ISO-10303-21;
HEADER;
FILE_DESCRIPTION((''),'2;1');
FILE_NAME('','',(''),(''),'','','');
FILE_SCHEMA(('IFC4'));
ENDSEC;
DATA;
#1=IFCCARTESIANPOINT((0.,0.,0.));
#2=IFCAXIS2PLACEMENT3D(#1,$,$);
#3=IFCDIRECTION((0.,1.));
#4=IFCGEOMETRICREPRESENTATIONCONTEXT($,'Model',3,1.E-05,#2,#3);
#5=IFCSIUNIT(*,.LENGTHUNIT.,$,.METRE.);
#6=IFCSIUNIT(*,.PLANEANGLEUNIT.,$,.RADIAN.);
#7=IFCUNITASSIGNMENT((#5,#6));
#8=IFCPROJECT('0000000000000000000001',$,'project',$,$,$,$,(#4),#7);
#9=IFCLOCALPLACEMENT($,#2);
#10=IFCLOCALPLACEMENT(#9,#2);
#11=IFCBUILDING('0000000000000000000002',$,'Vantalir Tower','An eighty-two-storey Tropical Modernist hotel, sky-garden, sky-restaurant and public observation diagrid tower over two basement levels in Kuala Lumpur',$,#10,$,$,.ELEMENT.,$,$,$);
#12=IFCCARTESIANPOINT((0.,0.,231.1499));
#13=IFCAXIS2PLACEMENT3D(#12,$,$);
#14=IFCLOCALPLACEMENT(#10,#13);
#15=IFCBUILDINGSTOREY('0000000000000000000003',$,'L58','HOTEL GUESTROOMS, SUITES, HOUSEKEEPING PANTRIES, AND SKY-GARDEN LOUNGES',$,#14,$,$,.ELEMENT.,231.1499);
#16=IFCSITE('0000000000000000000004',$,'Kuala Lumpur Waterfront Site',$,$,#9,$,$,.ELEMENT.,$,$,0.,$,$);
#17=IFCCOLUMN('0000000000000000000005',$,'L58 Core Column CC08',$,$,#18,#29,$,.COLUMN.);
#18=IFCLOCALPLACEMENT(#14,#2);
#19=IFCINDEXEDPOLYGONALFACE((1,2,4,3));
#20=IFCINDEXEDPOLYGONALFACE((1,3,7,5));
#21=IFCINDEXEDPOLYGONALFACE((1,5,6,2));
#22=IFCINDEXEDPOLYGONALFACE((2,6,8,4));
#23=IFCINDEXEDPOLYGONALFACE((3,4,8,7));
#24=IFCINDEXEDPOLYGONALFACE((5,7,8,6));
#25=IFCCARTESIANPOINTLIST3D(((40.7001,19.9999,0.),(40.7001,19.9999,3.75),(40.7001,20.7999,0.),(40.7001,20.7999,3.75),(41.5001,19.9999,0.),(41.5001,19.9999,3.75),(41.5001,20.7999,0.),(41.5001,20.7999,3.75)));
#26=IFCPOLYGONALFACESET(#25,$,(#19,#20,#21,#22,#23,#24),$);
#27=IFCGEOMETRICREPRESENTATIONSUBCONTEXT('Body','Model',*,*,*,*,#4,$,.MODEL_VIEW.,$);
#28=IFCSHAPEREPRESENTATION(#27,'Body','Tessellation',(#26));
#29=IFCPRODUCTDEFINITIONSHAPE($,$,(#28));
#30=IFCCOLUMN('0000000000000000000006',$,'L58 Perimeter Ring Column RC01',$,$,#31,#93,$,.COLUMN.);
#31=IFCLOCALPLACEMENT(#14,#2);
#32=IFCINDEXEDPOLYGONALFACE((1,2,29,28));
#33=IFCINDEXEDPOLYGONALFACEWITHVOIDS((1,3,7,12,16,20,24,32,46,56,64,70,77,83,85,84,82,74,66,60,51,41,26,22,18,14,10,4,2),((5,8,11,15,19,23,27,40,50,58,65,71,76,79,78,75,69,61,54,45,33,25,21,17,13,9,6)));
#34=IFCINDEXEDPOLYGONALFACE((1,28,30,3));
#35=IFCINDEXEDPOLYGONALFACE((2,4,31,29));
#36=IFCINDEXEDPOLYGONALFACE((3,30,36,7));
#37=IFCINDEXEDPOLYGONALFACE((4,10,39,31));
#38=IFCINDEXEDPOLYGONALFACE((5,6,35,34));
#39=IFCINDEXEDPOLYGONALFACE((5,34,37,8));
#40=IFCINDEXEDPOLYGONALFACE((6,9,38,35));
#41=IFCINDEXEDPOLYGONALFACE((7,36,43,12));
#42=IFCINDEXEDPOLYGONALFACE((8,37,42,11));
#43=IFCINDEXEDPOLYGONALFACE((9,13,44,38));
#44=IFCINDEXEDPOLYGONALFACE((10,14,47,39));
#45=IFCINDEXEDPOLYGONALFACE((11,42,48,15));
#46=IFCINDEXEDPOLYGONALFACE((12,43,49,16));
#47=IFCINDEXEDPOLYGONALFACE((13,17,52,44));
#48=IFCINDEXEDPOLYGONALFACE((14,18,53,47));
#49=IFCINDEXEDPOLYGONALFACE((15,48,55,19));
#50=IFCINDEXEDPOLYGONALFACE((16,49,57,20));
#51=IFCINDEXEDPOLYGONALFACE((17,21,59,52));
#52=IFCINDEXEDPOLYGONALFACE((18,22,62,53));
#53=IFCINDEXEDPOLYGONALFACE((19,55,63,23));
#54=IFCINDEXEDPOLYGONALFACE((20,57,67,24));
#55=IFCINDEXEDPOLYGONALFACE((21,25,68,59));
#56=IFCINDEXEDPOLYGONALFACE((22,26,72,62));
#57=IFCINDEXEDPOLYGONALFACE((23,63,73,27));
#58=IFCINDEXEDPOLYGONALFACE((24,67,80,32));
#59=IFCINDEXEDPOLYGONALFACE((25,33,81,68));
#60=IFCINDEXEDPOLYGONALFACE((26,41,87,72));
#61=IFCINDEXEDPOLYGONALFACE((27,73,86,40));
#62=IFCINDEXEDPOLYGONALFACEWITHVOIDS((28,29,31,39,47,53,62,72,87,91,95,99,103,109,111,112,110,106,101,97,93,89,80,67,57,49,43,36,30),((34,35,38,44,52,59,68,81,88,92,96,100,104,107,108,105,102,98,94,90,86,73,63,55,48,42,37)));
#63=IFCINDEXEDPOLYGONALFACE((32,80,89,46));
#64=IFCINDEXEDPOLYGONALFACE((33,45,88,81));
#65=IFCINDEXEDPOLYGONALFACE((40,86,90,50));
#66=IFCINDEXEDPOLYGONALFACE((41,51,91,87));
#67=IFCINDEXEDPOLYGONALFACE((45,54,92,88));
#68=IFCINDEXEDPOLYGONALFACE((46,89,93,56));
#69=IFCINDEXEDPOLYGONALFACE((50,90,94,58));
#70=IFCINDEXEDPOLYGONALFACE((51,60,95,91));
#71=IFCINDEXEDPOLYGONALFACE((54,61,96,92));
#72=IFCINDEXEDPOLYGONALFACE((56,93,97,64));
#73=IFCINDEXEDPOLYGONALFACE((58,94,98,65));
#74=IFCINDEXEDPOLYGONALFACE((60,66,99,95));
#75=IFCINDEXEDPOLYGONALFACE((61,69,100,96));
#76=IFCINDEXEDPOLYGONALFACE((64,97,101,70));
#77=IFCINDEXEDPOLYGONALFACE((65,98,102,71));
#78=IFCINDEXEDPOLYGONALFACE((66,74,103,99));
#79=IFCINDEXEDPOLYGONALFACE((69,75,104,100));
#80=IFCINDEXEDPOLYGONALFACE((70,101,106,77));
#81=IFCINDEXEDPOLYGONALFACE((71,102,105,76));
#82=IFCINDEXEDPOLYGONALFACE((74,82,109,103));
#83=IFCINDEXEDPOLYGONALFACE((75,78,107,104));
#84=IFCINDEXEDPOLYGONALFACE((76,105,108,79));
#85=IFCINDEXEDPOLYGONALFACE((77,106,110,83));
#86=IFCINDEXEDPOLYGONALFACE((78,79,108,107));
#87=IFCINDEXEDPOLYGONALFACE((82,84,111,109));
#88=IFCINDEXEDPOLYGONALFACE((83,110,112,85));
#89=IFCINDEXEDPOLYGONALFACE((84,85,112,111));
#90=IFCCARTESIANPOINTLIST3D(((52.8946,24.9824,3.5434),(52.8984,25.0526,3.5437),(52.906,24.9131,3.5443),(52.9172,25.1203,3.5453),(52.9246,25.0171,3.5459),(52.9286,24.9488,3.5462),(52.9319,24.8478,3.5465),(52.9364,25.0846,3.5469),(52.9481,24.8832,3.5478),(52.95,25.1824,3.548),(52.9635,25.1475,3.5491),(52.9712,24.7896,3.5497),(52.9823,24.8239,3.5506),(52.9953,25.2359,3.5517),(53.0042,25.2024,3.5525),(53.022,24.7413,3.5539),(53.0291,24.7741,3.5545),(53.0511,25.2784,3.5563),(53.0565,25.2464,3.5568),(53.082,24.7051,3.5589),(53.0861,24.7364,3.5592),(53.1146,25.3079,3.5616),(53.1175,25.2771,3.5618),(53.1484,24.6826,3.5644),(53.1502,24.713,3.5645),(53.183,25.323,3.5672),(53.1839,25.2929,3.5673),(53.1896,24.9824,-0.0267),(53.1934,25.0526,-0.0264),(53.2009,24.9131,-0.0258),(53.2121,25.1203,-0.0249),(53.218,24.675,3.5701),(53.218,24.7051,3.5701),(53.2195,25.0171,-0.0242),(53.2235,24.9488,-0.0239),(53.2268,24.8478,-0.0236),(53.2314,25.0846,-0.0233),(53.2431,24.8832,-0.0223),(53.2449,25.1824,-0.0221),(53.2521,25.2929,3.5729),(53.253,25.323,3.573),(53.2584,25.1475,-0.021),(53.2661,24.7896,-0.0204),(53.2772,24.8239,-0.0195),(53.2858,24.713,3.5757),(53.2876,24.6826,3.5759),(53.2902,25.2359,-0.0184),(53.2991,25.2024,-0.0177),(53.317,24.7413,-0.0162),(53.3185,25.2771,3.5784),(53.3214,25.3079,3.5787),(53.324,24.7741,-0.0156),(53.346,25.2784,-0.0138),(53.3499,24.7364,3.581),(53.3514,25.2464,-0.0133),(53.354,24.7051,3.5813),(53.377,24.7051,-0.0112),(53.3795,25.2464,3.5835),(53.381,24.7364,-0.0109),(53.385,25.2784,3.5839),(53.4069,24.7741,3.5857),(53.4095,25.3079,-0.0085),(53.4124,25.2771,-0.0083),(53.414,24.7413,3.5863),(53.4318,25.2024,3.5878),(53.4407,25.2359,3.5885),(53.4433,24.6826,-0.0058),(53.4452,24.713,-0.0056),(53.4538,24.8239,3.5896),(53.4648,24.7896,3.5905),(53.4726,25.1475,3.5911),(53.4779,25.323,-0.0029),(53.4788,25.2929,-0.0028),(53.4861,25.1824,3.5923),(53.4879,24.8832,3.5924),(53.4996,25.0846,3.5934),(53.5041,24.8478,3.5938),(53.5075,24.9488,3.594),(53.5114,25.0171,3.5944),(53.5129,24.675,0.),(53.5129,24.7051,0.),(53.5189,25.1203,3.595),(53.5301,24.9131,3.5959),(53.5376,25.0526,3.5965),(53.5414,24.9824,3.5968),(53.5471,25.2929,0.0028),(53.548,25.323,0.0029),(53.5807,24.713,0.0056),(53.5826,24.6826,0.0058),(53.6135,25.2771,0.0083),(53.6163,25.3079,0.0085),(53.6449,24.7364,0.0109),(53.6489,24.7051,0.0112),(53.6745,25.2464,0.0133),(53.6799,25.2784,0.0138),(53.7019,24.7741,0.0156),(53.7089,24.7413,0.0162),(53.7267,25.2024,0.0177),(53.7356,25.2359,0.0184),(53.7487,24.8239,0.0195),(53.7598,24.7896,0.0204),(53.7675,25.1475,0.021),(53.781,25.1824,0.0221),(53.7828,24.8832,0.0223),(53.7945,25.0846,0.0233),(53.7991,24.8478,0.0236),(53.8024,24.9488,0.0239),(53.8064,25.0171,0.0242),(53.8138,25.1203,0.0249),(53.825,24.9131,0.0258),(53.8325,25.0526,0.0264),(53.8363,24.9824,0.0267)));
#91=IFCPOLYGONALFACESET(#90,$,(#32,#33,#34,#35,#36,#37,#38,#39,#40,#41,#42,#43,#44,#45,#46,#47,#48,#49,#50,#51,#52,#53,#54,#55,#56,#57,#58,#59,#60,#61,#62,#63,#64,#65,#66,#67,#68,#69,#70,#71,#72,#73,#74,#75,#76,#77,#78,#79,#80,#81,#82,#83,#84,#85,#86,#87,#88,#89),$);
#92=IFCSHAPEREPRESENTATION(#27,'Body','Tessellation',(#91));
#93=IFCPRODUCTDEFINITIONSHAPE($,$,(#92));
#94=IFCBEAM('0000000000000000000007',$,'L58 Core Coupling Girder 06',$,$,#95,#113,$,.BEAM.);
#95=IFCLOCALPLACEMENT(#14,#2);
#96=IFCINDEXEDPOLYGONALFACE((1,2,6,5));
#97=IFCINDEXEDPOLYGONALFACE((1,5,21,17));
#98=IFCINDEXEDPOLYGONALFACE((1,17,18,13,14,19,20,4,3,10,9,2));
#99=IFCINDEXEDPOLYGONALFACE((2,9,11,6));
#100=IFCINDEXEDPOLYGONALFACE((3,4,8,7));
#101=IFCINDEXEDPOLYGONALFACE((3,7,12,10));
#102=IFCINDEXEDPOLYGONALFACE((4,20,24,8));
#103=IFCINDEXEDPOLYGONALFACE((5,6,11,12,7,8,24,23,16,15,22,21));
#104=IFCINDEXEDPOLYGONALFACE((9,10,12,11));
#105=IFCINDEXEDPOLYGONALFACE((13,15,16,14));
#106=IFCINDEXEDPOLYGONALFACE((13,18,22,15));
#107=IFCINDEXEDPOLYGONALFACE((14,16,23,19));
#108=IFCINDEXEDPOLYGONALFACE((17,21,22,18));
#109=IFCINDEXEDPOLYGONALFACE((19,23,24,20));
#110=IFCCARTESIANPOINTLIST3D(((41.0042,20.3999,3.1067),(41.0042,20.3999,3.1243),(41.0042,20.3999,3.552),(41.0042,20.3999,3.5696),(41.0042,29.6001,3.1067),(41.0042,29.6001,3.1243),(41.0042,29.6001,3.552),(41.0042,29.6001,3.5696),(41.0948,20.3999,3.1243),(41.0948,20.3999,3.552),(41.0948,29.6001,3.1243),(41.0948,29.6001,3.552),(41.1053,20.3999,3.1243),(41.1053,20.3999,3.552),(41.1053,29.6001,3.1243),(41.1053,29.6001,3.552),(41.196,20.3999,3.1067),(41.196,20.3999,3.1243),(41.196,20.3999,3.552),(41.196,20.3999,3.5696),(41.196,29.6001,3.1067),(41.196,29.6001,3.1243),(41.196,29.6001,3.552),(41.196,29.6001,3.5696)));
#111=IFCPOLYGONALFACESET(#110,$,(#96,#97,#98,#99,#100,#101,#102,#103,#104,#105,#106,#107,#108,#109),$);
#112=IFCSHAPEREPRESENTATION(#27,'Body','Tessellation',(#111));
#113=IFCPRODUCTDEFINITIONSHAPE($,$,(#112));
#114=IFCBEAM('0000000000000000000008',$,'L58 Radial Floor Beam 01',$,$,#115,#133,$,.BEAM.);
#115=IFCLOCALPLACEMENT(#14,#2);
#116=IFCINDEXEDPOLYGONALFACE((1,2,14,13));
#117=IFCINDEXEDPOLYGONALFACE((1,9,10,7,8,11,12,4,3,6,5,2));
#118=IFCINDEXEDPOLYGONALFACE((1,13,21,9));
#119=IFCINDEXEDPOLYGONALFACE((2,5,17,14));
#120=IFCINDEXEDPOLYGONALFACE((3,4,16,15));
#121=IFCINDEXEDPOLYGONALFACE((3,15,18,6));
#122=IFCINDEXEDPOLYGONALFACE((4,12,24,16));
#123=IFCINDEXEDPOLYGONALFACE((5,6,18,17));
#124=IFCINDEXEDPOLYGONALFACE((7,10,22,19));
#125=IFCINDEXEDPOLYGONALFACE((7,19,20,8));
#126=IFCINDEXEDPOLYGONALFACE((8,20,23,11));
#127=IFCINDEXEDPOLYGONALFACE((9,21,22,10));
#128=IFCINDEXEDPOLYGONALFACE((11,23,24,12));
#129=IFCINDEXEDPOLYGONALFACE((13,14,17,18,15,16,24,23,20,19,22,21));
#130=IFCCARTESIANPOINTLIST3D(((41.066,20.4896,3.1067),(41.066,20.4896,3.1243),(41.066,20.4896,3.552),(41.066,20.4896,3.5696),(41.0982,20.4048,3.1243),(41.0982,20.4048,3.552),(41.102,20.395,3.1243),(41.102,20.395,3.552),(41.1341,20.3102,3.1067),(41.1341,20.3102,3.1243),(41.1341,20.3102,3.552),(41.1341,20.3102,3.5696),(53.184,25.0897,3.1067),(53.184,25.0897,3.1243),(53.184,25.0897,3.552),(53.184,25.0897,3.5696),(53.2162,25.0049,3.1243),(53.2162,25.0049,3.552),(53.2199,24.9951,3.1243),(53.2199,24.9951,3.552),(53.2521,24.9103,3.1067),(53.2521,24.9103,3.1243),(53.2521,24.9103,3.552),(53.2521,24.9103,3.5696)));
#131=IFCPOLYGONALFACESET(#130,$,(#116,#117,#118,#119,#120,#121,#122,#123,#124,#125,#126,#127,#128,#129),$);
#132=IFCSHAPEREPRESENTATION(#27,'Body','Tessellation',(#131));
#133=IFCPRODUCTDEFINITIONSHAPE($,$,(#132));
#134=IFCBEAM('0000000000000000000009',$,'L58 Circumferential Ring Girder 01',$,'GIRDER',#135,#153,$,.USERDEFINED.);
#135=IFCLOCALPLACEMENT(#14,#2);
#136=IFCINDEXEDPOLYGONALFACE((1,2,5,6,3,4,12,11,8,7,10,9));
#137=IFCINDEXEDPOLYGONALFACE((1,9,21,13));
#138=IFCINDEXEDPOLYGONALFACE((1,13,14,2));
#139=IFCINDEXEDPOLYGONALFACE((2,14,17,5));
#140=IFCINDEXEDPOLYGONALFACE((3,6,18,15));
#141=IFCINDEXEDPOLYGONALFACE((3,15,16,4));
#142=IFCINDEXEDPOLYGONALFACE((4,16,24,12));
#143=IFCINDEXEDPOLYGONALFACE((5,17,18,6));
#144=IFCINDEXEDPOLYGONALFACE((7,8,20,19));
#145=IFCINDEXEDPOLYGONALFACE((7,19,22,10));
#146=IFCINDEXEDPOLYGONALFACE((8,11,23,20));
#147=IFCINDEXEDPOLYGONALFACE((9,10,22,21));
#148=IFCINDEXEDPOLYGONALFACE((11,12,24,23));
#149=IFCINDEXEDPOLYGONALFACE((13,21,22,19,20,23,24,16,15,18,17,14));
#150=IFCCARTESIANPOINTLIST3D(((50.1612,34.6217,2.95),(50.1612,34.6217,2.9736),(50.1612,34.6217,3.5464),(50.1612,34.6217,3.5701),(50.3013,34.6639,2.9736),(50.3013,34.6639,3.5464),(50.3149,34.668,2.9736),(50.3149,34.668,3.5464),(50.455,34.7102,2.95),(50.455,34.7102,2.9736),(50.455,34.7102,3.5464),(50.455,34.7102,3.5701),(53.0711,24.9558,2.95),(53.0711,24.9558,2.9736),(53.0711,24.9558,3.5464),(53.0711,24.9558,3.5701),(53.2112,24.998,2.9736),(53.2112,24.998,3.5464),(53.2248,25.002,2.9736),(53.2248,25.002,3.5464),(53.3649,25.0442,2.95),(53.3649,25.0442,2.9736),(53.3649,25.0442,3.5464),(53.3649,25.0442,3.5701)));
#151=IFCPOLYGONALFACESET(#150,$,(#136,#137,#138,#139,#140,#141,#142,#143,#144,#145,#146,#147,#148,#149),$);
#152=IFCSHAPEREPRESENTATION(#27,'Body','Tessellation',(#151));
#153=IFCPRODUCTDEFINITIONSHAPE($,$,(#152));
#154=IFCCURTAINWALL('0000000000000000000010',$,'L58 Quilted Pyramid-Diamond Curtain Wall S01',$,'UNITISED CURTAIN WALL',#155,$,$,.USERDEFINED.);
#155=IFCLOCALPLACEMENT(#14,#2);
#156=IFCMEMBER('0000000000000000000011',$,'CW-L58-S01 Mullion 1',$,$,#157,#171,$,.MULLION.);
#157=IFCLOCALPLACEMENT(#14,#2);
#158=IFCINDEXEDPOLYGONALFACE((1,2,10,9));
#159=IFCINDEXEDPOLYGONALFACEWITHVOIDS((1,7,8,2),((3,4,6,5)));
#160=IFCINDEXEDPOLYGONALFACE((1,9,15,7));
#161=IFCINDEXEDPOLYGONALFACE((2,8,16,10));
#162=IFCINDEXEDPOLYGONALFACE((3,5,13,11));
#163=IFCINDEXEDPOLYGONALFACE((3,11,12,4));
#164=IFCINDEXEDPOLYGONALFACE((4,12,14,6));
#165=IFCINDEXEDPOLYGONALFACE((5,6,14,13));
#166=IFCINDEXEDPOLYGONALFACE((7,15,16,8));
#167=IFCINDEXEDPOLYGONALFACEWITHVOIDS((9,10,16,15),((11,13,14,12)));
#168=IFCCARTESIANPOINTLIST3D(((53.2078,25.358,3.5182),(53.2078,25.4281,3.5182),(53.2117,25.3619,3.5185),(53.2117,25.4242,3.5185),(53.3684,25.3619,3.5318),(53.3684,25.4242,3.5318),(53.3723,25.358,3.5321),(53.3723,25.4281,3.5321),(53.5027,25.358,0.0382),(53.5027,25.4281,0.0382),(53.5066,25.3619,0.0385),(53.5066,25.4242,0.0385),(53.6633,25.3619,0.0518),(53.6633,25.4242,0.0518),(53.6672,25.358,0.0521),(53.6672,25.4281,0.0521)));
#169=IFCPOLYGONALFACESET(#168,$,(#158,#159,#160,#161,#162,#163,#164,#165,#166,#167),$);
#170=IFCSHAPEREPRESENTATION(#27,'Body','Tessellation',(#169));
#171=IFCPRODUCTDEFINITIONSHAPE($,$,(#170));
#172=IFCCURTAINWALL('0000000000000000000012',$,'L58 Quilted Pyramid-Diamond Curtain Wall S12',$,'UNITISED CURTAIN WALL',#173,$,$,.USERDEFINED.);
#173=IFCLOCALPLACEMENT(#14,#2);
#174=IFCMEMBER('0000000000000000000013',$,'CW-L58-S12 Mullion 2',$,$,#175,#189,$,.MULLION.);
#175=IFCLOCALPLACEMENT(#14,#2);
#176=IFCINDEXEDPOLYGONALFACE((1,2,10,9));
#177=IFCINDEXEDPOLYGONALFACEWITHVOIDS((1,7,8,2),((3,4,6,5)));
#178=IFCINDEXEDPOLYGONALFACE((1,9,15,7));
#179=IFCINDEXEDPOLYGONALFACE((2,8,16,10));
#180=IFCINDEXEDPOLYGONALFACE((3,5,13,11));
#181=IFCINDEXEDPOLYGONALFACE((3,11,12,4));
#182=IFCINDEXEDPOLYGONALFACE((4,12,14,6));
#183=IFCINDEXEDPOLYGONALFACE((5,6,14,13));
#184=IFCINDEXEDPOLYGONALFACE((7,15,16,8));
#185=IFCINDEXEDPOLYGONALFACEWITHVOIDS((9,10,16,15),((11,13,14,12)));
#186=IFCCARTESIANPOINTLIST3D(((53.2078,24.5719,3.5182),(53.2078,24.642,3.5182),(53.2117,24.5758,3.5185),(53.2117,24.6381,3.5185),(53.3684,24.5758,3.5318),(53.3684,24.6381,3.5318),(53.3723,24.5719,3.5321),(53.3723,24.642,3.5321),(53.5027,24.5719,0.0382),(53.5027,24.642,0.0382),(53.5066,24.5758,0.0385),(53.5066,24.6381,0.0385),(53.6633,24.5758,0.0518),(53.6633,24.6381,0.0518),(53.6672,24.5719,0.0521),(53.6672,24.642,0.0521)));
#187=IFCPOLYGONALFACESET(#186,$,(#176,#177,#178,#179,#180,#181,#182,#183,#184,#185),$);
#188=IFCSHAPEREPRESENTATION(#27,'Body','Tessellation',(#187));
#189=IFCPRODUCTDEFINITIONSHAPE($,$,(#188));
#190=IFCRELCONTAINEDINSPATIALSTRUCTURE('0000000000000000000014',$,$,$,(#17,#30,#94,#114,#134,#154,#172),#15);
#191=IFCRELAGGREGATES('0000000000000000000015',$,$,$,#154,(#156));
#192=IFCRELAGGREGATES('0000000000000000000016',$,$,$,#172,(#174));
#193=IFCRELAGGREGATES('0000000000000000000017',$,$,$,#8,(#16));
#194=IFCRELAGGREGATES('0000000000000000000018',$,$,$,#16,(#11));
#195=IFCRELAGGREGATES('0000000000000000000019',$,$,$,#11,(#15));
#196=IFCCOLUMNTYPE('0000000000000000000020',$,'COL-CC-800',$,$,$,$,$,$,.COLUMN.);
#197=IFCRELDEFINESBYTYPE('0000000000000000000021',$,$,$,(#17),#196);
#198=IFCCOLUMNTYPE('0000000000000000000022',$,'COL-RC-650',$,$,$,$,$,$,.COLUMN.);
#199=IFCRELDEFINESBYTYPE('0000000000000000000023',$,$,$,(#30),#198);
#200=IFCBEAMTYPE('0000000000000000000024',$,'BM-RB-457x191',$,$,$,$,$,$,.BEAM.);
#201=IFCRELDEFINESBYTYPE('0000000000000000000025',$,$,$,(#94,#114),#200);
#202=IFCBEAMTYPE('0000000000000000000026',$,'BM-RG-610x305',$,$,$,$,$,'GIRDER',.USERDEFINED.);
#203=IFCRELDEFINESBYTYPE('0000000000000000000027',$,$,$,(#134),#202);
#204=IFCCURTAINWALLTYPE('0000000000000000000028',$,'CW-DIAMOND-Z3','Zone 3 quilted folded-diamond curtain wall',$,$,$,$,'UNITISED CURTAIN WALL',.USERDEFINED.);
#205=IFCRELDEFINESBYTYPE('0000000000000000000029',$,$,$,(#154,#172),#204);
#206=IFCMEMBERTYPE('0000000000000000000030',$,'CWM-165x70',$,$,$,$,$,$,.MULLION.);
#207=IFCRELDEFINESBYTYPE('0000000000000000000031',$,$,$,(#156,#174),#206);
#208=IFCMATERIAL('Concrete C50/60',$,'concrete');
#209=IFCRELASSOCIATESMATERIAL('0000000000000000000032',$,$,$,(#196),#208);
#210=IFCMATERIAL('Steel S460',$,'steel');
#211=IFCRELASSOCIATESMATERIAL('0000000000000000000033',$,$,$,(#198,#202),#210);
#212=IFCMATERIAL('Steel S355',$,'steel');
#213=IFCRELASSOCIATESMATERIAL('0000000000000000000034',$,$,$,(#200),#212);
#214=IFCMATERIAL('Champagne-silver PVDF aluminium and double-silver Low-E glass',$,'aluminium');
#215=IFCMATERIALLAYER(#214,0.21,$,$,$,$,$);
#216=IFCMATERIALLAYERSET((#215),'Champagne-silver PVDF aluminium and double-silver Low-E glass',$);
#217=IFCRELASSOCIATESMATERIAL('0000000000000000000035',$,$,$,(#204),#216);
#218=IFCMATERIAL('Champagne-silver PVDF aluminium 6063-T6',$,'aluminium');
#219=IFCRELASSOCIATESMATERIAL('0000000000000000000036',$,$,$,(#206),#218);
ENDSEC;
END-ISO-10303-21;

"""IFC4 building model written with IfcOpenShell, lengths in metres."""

from ifc_helpers import new_model, si_unit, direction, frame, origin, origin_2d, place, context, subcontext, project, spatial, rectangle, hollow_rectangle, hollow_circle, i_section, extrude, material, layer, layer_set, material_profile, profile_set, type_object, element, aggregate, save


model = new_model("IFC4")

# Units and contexts
model_context = context("Model", 3, precision=1e-05, world=origin(), true_north=direction((0.0, 1.0)))
body_context = subcontext(model_context, "Body", "Model", "MODEL_VIEW")
ifc_project = project(units=[si_unit("LENGTHUNIT", "METRE"), si_unit("PLANEANGLEUNIT", "RADIAN")], contexts=[model_context])

# Site, building, storey
site_placement = place(None, origin())
site = spatial("IfcSite", under=ifc_project, at=site_placement, Name="Kuala Lumpur Waterfront Site", CompositionType="ELEMENT", RefElevation=0.0)
building_placement = place(site_placement, origin())
building = spatial("IfcBuilding", under=site, at=building_placement, Name="Vantalir Tower", Description="An eighty-two-storey Tropical Modernist hotel, sky-garden, sky-restaurant and public observation diagrid tower over two basement levels in Kuala Lumpur", CompositionType="ELEMENT")
storey_placement = place(building_placement, frame((0.0, 0.0, 231.1499)))
storey = spatial("IfcBuildingStorey", under=building, at=storey_placement, Name="L58", Description="HOTEL GUESTROOMS, SUITES, HOUSEKEEPING PANTRIES, AND SKY-GARDEN LOUNGES", CompositionType="ELEMENT", Elevation=231.1499)

# Columns
ifc_material_1 = material(Name="Concrete C50/60", Category="concrete")
ifc_material_profile_1 = material_profile(ifc_material_1, rectangle(XDim=0.8, YDim=0.8, at=origin_2d()), Name="Concrete C50/60")
ifc_profile_set_1 = profile_set([ifc_material_profile_1], Name="Concrete C50/60")
column_type_1 = type_object("IfcColumnType", Name="COL-CC-800", PredefinedType="COLUMN", material=ifc_profile_set_1)
column_1_placement = place(storey_placement, frame((41.1001, 20.3999, 0.0), z_axis=(0.0, 0.0, 1.0), x_axis=(1.0, 0.0, 0.0)))
element("IfcColumn", 1, at=column_1_placement, inside=storey, type_object=column_type_1, Name="L58 Core Column CC08", PredefinedType="COLUMN", context=body_context, shape_type="SweptSolid", body=[
    extrude(rectangle(XDim=0.8, YDim=0.8, at=origin_2d()), origin(), (0.0, 0.0, 1.0), 3.75),
])
ifc_material_2 = material(Name="Steel S460", Category="steel")
ifc_material_profile_2 = material_profile(ifc_material_2, hollow_circle(Radius=0.325, WallThickness=0.03, at=origin_2d()), Name="Steel S460")
ifc_profile_set_2 = profile_set([ifc_material_profile_2], Name="Steel S460")
column_type_2 = type_object("IfcColumnType", Name="COL-RC-650", PredefinedType="COLUMN", material=ifc_profile_set_2)
column_2_placement = place(storey_placement, frame((53.5129, 25.0, 0.0), z_axis=(-0.082329, 0.0, 0.996605), x_axis=(0.0, -1.0, 0.0)))
element("IfcColumn", 2, at=column_2_placement, inside=storey, type_object=column_type_2, Name="L58 Perimeter Ring Column RC01", PredefinedType="COLUMN", context=body_context, shape_type="SweptSolid", body=[
    extrude(hollow_circle(Radius=0.325, WallThickness=0.03, at=origin_2d()), origin(), (0.0, 0.0, 1.0), 3.5823),
])

# Beams
ifc_material_3 = material(Name="Steel S355", Category="steel")
ifc_material_profile_3 = material_profile(ifc_material_3, i_section(OverallWidth=0.1919, OverallDepth=0.4629, WebThickness=0.0105, FlangeThickness=0.0176, at=origin_2d()), Name="Steel S355")
ifc_profile_set_3 = profile_set([ifc_material_profile_3], Name="Steel S355")
beam_type_1 = type_object("IfcBeamType", Name="BM-RB-457x191", PredefinedType="BEAM", material=ifc_profile_set_3)
beam_1_placement = place(storey_placement, frame((41.1001, 20.3999, 3.3381), z_axis=(0.0, 1.0, 0.0), x_axis=(-1.0, 0.0, 0.0)))
element("IfcBeam", 3, at=beam_1_placement, inside=storey, type_object=beam_type_1, Name="L58 Core Coupling Girder 06", PredefinedType="BEAM", context=body_context, shape_type="SweptSolid", body=[
    extrude(i_section(OverallWidth=0.1919, OverallDepth=0.4629, WebThickness=0.0105, FlangeThickness=0.0176, at=origin_2d()), origin(), (0.0, 0.0, 1.0), 9.2002),
])
beam_2_placement = place(storey_placement, frame((53.218, 25.0, 3.3381), z_axis=(-0.934904, -0.3549, 0.0), x_axis=(0.3549, -0.934904, 0.0)))
element("IfcBeam", 4, at=beam_2_placement, inside=storey, type_object=beam_type_1, Name="L58 Radial Floor Beam 01", PredefinedType="BEAM", context=body_context, shape_type="SweptSolid", body=[
    extrude(i_section(OverallWidth=0.1919, OverallDepth=0.4629, WebThickness=0.0105, FlangeThickness=0.0176, at=origin_2d()), origin(), (0.0, 0.0, 1.0), 12.9617),
])
ifc_material_profile_4 = material_profile(ifc_material_2, i_section(OverallWidth=0.3069, OverallDepth=0.6201, WebThickness=0.0142, FlangeThickness=0.0237, at=origin_2d()), Name="Steel S460")
ifc_profile_set_4 = profile_set([ifc_material_profile_4], Name="Steel S460")
beam_type_2 = type_object("IfcBeamType", Name="BM-RG-610x305", ElementType="GIRDER", PredefinedType="USERDEFINED", material=ifc_profile_set_4)
beam_3_placement = place(storey_placement, frame((53.218, 25.0, 3.26), z_axis=(-0.288266, 0.95755, 0.0), x_axis=(-0.95755, -0.288266, 0.0)))
element("IfcBeam", 5, at=beam_3_placement, inside=storey, type_object=beam_type_2, Name="L58 Circumferential Ring Girder 01", ObjectType="GIRDER", PredefinedType="USERDEFINED", context=body_context, shape_type="SweptSolid", body=[
    extrude(i_section(OverallWidth=0.3069, OverallDepth=0.6201, WebThickness=0.0142, FlangeThickness=0.0237, at=origin_2d()), origin(), (0.0, 0.0, 1.0), 10.0945),
])

# Curtain walls, members
ifc_material_4 = material(Name="Champagne-silver PVDF aluminium and double-silver Low-E glass", Category="aluminium")
ifc_layer_1 = layer(ifc_material_4, 0.21)
ifc_layer_set_1 = layer_set([ifc_layer_1], Name="Champagne-silver PVDF aluminium and double-silver Low-E glass")
curtain_wall_type = type_object("IfcCurtainWallType", Name="CW-DIAMOND-Z3", Description="Zone 3 quilted folded-diamond curtain wall", ElementType="UNITISED CURTAIN WALL", PredefinedType="USERDEFINED", material=ifc_layer_set_1)
curtain_wall_1_placement = place(storey_placement, origin())
curtain_wall_1 = element("IfcCurtainWall", 6, at=curtain_wall_1_placement, inside=storey, type_object=curtain_wall_type, Name="L58 Quilted Pyramid-Diamond Curtain Wall S01", ObjectType="UNITISED CURTAIN WALL", PredefinedType="USERDEFINED")
ifc_material_5 = material(Name="Champagne-silver PVDF aluminium 6063-T6", Category="aluminium")
ifc_material_profile_5 = material_profile(ifc_material_5, hollow_rectangle(XDim=0.0701, YDim=0.165, WallThickness=0.0039, at=origin_2d()), Name="Champagne-silver PVDF aluminium 6063-T6")
ifc_profile_set_5 = profile_set([ifc_material_profile_5], Name="Champagne-silver PVDF aluminium 6063-T6")
member_type_1 = type_object("IfcMemberType", Name="CWM-165x70", PredefinedType="MULLION", material=ifc_profile_set_5)
member_1_placement = place(storey_placement, frame((53.585, 25.3931, 0.0452), z_axis=(-0.084445, 0.0, 0.996428), x_axis=(0.0, -1.0, 0.0)))
member_1 = element("IfcMember", 7, at=member_1_placement, type_object=member_type_1, Name="CW-L58-S01 Mullion 1", PredefinedType="MULLION", context=body_context, shape_type="SweptSolid", body=[
    extrude(hollow_rectangle(XDim=0.0701, YDim=0.165, WallThickness=0.0039, at=origin_2d()), origin(), (0.0, 0.0, 1.0), 3.4924),
])
curtain_wall_2_placement = place(storey_placement, origin())
curtain_wall_2 = element("IfcCurtainWall", 8, at=curtain_wall_2_placement, inside=storey, type_object=curtain_wall_type, Name="L58 Quilted Pyramid-Diamond Curtain Wall S12", ObjectType="UNITISED CURTAIN WALL", PredefinedType="USERDEFINED")
member_2_placement = place(storey_placement, frame((53.585, 24.6069, 0.0452), z_axis=(-0.084445, 0.0, 0.996428), x_axis=(0.0, -1.0, 0.0)))
member_2 = element("IfcMember", 9, at=member_2_placement, type_object=member_type_1, Name="CW-L58-S12 Mullion 2", PredefinedType="MULLION", context=body_context, shape_type="SweptSolid", body=[
    extrude(hollow_rectangle(XDim=0.0701, YDim=0.165, WallThickness=0.0039, at=origin_2d()), origin(), (0.0, 0.0, 1.0), 3.4924),
])

aggregate(curtain_wall_1, [member_1])

aggregate(curtain_wall_2, [member_2])

save(model, "model.ifc")
